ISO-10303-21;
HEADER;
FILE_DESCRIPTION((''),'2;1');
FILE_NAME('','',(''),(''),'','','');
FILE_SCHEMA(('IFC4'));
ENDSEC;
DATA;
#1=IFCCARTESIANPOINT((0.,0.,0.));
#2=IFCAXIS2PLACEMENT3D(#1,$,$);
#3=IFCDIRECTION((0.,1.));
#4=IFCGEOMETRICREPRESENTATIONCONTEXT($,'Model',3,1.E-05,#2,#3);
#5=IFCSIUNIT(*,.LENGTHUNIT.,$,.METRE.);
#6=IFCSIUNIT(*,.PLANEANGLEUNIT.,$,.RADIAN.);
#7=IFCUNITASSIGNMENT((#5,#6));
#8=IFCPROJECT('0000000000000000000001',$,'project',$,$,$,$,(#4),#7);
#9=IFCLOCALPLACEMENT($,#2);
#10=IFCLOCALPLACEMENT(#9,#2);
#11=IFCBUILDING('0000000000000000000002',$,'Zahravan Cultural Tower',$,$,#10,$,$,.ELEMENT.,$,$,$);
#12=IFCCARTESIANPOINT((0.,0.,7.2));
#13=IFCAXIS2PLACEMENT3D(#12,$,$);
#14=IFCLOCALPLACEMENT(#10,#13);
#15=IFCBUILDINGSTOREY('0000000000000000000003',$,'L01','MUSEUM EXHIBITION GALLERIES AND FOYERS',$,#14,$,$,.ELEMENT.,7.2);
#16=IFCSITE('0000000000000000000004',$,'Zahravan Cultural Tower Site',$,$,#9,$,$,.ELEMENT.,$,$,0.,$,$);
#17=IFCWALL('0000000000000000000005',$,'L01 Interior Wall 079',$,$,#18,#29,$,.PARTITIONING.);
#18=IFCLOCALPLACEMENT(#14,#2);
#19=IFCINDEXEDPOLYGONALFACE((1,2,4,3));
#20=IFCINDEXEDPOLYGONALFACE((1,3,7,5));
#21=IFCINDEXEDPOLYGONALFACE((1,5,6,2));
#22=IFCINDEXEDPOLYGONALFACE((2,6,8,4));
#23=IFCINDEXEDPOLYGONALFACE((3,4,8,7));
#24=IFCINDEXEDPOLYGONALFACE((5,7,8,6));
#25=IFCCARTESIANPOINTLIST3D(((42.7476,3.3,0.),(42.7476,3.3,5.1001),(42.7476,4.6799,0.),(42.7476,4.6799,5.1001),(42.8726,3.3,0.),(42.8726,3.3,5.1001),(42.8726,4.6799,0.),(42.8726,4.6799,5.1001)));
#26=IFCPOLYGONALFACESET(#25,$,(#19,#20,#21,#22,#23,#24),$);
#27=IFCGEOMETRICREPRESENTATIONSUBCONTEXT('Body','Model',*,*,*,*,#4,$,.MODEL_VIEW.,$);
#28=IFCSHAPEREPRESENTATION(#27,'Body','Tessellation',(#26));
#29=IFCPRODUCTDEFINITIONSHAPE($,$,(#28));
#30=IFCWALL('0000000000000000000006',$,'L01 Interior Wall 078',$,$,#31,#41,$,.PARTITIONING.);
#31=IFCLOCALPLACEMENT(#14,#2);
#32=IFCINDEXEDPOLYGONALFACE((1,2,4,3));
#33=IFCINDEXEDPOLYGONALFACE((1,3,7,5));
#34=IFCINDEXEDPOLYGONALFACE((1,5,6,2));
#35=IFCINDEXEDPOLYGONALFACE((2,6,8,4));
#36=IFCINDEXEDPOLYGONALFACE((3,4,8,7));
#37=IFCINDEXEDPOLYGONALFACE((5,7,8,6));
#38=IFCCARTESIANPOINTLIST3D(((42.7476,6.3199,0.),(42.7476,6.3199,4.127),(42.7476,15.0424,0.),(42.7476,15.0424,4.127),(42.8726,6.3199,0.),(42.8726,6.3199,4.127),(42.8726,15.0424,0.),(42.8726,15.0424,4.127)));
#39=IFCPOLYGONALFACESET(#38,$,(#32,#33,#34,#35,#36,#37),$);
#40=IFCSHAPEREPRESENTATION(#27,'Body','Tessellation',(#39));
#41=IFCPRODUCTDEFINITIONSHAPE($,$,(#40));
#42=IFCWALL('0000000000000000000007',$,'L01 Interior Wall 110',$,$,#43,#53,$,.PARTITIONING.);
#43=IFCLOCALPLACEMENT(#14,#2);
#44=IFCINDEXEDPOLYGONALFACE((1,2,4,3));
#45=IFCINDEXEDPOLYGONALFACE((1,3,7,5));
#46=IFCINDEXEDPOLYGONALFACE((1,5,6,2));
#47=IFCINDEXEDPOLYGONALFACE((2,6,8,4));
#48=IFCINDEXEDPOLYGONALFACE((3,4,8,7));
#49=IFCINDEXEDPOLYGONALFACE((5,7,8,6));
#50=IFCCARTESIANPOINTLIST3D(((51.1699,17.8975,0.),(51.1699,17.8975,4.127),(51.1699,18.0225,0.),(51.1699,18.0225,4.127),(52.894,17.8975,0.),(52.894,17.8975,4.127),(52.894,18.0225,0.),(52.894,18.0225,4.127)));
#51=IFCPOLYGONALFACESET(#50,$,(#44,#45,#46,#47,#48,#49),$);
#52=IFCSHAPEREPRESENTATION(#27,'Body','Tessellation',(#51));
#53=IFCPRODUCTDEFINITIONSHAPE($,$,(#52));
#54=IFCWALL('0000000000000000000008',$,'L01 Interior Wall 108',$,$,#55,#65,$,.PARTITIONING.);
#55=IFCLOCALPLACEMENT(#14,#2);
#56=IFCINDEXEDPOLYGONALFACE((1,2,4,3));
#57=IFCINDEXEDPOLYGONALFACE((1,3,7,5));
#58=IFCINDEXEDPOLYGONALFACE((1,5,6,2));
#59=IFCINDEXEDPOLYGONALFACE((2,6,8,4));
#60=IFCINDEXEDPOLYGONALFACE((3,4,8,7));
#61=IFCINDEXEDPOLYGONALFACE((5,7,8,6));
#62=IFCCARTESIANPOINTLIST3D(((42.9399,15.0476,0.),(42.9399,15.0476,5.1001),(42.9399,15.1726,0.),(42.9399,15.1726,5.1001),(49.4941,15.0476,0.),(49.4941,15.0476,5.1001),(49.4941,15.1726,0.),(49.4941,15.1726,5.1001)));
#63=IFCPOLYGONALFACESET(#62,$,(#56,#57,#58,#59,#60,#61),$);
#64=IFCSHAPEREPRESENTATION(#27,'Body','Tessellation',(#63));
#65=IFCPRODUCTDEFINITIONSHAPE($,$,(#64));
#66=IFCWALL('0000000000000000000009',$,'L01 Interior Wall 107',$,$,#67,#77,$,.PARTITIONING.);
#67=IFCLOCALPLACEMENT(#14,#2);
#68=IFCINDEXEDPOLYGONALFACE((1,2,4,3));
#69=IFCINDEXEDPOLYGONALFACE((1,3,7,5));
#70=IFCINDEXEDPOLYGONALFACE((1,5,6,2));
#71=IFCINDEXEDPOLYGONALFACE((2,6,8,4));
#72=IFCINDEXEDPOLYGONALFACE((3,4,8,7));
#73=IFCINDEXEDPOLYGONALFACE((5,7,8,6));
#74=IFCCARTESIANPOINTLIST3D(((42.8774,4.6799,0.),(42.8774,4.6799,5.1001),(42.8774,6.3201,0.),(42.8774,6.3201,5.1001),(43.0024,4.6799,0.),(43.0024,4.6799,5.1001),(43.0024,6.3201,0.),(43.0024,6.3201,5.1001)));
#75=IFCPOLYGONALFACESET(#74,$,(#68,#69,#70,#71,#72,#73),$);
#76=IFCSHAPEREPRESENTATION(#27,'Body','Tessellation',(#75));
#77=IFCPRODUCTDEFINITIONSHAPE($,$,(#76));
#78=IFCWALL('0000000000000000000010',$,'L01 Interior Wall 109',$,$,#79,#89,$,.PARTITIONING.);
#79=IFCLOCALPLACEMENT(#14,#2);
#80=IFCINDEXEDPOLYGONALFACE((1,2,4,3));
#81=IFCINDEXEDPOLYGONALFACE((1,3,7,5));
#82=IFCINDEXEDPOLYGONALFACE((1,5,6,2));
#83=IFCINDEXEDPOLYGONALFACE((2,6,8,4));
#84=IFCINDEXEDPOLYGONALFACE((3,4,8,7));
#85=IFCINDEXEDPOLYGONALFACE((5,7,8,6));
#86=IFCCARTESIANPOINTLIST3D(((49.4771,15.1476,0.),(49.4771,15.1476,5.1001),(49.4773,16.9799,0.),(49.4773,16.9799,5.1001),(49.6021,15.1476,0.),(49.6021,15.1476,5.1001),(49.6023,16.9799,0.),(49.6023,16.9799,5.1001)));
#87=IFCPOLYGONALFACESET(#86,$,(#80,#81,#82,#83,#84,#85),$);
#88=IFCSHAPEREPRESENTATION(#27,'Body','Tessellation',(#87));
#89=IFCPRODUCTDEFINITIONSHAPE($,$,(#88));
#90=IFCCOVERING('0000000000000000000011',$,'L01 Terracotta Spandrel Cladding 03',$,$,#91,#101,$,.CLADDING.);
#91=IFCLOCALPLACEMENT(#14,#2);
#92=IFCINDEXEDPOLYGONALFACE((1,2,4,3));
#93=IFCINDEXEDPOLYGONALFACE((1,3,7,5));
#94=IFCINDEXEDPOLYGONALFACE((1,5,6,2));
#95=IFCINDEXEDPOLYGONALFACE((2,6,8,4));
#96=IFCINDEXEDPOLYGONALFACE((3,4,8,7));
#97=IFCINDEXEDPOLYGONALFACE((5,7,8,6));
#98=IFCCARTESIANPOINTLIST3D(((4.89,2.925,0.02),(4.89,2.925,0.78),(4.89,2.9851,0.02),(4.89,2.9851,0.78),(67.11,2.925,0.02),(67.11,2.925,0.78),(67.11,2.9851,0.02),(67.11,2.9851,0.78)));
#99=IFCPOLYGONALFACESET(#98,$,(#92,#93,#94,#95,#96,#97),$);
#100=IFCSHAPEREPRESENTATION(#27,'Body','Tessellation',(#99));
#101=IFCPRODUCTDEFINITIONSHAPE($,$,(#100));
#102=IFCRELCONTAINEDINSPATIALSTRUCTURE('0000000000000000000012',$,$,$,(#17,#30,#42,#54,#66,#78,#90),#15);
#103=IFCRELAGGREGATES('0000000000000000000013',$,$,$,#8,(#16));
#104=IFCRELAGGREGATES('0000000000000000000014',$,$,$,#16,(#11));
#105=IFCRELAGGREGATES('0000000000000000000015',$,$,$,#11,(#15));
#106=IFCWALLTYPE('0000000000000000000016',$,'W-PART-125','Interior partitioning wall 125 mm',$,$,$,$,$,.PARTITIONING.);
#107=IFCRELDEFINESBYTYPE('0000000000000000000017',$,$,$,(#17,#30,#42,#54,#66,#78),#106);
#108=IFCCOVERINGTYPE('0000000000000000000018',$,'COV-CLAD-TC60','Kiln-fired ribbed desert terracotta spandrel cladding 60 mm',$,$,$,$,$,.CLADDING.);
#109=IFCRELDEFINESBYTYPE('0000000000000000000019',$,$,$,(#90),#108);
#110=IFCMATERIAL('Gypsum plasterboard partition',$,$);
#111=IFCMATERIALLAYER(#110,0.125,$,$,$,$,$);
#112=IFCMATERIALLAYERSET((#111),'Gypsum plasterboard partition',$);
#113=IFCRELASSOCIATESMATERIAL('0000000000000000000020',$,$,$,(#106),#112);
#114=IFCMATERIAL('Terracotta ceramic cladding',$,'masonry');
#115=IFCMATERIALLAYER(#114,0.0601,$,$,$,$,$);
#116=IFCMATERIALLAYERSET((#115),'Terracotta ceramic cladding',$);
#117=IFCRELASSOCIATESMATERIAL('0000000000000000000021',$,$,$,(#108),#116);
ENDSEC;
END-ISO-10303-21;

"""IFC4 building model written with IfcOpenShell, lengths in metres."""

from ifc_helpers import new_model, si_unit, direction, frame, frame_2d, origin, origin_2d, place, context, subcontext, project, spatial, rectangle, extrude, source, transform, mapped, material, layer, layer_set, type_object, element, save


model = new_model("IFC4")

# Units and contexts
model_context = context("Model", 3, precision=1e-05, world=origin(), true_north=direction((0.0, 1.0)))
body_context = subcontext(model_context, "Body", "Model", "MODEL_VIEW")
ifc_project = project(units=[si_unit("LENGTHUNIT", "METRE"), si_unit("PLANEANGLEUNIT", "RADIAN")], contexts=[model_context])

# Site, building, storey
site_placement = place(None, origin())
site = spatial("IfcSite", under=ifc_project, at=site_placement, Name="Zahravan Cultural Tower Site", CompositionType="ELEMENT", RefElevation=0.0)
building_placement = place(site_placement, origin())
building = spatial("IfcBuilding", under=site, at=building_placement, Name="Zahravan Cultural Tower", CompositionType="ELEMENT")
storey_placement = place(building_placement, frame((0.0, 0.0, 7.2)))
storey = spatial("IfcBuildingStorey", under=building, at=storey_placement, Name="L01", Description="MUSEUM EXHIBITION GALLERIES AND FOYERS", CompositionType="ELEMENT", Elevation=7.2)

# Shared definitions
ifc_material_1 = material(Name="Gypsum plasterboard partition")
ifc_layer_1 = layer(ifc_material_1, 0.125)
ifc_layer_set_1 = layer_set([ifc_layer_1], Name="Gypsum plasterboard partition")
wall_type_1 = type_object("IfcWallType", Name="W-PART-125", Description="Interior partitioning wall 125 mm", PredefinedType="PARTITIONING", material=ifc_layer_set_1)

# Walls
shared_shape_1 = source(origin(), body_context, "Body", "SweptSolid", [
    extrude(rectangle(XDim=1.3799, YDim=0.125, at=frame_2d((0.6899, 0.0))), origin(), (0.0, 0.0, 1.0), 5.1001),
])
wall_1_placement = place(storey_placement, frame((42.8101, 4.6799, 0.0), z_axis=(0.0, 0.0, 1.0), x_axis=(0.0, -1.0, 0.0)))
element("IfcWall", 1, at=wall_1_placement, inside=storey, type_object=wall_type_1, Name="L01 Interior Wall 079", PredefinedType="PARTITIONING", context=body_context, shape_type="MappedRepresentation", body=[
    mapped(shared_shape_1, transform((0.0, 0.0, 0.0), x_axis=(1.0, 0.0, 0.0), y_axis=(0.0, 1.0, 0.0), z_axis=(0.0, 0.0, 1.0), scale=1.0)),
])
shared_shape_2 = source(origin(), body_context, "Body", "SweptSolid", [
    extrude(rectangle(XDim=8.7224, YDim=0.125, at=frame_2d((4.3613, 0.0))), origin(), (0.0, 0.0, 1.0), 4.127),
])
wall_2_placement = place(storey_placement, frame((42.8101, 15.0425, 0.0), z_axis=(0.0, 0.0, 1.0), x_axis=(0.0, -1.0, 0.0)))
element("IfcWall", 2, at=wall_2_placement, inside=storey, type_object=wall_type_1, Name="L01 Interior Wall 078", PredefinedType="PARTITIONING", context=body_context, shape_type="MappedRepresentation", body=[
    mapped(shared_shape_2, transform((0.0, 0.0, 0.0), x_axis=(1.0, 0.0, 0.0), y_axis=(0.0, 1.0, 0.0), z_axis=(0.0, 0.0, 1.0), scale=1.0)),
])
shared_shape_3 = source(origin(), body_context, "Body", "SweptSolid", [
    extrude(rectangle(XDim=1.7241, YDim=0.125, at=frame_2d((0.8621, 0.0))), origin(), (0.0, 0.0, 1.0), 4.127),
])
wall_3_placement = place(storey_placement, frame((51.1699, 17.96, 0.0), z_axis=(0.0, 0.0, 1.0), x_axis=(1.0, 0.0, 0.0)))
element("IfcWall", 3, at=wall_3_placement, inside=storey, type_object=wall_type_1, Name="L01 Interior Wall 110", PredefinedType="PARTITIONING", context=body_context, shape_type="MappedRepresentation", body=[
    mapped(shared_shape_3, transform((0.0, 0.0, 0.0), x_axis=(1.0, 0.0, 0.0), y_axis=(0.0, 1.0, 0.0), z_axis=(0.0, 0.0, 1.0), scale=1.0)),
])
shared_shape_4 = source(origin(), body_context, "Body", "SweptSolid", [
    extrude(rectangle(XDim=6.5542, YDim=0.125, at=frame_2d((3.2771, 0.0))), origin(), (0.0, 0.0, 1.0), 5.1001),
])
wall_4_placement = place(storey_placement, frame((42.9399, 15.1101, 0.0), z_axis=(0.0, 0.0, 1.0), x_axis=(1.0, 0.0, 0.0)))
element("IfcWall", 4, at=wall_4_placement, inside=storey, type_object=wall_type_1, Name="L01 Interior Wall 108", PredefinedType="PARTITIONING", context=body_context, shape_type="MappedRepresentation", body=[
    mapped(shared_shape_4, transform((0.0, 0.0, 0.0), x_axis=(1.0, 0.0, 0.0), y_axis=(0.0, 1.0, 0.0), z_axis=(0.0, 0.0, 1.0), scale=1.0)),
])
shared_shape_5 = source(origin(), body_context, "Body", "SweptSolid", [
    extrude(rectangle(XDim=1.6401, YDim=0.125, at=frame_2d((0.8201, 0.0))), origin(), (0.0, 0.0, 1.0), 5.1001),
])
wall_5_placement = place(storey_placement, frame((42.9399, 4.6799, 0.0), z_axis=(0.0, 0.0, 1.0), x_axis=(0.0, 1.0, 0.0)))
element("IfcWall", 5, at=wall_5_placement, inside=storey, type_object=wall_type_1, Name="L01 Interior Wall 107", PredefinedType="PARTITIONING", context=body_context, shape_type="MappedRepresentation", body=[
    mapped(shared_shape_5, transform((0.0, 0.0, 0.0), x_axis=(1.0, 0.0, 0.0), y_axis=(0.0, 1.0, 0.0), z_axis=(0.0, 0.0, 1.0), scale=1.0)),
])
shared_shape_6 = source(origin(), body_context, "Body", "SweptSolid", [
    extrude(rectangle(XDim=1.8323, YDim=0.125, at=frame_2d((0.916, 0.0))), origin(), (0.0, 0.0, 1.0), 5.1001),
])
wall_6_placement = place(storey_placement, frame((49.5396, 15.1477, 0.0), z_axis=(0.0, 0.0, 1.0), x_axis=(0.000133, 1.0, 0.0)))
element("IfcWall", 6, at=wall_6_placement, inside=storey, type_object=wall_type_1, Name="L01 Interior Wall 109", PredefinedType="PARTITIONING", context=body_context, shape_type="MappedRepresentation", body=[
    mapped(shared_shape_6, transform((0.0, 0.0, 0.0), x_axis=(1.0, 0.0, 0.0), y_axis=(0.0, 1.0, 0.0), z_axis=(0.0, 0.0, 1.0), scale=1.0)),
])

# Covering
ifc_material_2 = material(Name="Terracotta ceramic cladding", Category="masonry")
ifc_layer_2 = layer(ifc_material_2, 0.0601)
ifc_layer_set_2 = layer_set([ifc_layer_2], Name="Terracotta ceramic cladding")
covering_type = type_object("IfcCoveringType", Name="COV-CLAD-TC60", Description="Kiln-fired ribbed desert terracotta spandrel cladding 60 mm", PredefinedType="CLADDING", material=ifc_layer_set_2)
shared_shape_7 = source(origin(), body_context, "Body", "SweptSolid", [
    extrude(rectangle(XDim=62.22, YDim=0.0601, at=origin_2d()), origin(), (0.0, 0.0, 1.0), 0.76),
])
covering_placement = place(storey_placement, frame((36.0, 2.9551, 0.02), z_axis=(0.0, 0.0, 1.0), x_axis=(-1.0, 0.0, 0.0)))
element("IfcCovering", 7, at=covering_placement, inside=storey, type_object=covering_type, Name="L01 Terracotta Spandrel Cladding 03", PredefinedType="CLADDING", context=body_context, shape_type="MappedRepresentation", body=[
    mapped(shared_shape_7, transform((0.0, 0.0, 0.0), x_axis=(1.0, 0.0, 0.0), y_axis=(0.0, 1.0, 0.0), z_axis=(0.0, 0.0, 1.0), scale=1.0)),
])

save(model, "model.ifc")
